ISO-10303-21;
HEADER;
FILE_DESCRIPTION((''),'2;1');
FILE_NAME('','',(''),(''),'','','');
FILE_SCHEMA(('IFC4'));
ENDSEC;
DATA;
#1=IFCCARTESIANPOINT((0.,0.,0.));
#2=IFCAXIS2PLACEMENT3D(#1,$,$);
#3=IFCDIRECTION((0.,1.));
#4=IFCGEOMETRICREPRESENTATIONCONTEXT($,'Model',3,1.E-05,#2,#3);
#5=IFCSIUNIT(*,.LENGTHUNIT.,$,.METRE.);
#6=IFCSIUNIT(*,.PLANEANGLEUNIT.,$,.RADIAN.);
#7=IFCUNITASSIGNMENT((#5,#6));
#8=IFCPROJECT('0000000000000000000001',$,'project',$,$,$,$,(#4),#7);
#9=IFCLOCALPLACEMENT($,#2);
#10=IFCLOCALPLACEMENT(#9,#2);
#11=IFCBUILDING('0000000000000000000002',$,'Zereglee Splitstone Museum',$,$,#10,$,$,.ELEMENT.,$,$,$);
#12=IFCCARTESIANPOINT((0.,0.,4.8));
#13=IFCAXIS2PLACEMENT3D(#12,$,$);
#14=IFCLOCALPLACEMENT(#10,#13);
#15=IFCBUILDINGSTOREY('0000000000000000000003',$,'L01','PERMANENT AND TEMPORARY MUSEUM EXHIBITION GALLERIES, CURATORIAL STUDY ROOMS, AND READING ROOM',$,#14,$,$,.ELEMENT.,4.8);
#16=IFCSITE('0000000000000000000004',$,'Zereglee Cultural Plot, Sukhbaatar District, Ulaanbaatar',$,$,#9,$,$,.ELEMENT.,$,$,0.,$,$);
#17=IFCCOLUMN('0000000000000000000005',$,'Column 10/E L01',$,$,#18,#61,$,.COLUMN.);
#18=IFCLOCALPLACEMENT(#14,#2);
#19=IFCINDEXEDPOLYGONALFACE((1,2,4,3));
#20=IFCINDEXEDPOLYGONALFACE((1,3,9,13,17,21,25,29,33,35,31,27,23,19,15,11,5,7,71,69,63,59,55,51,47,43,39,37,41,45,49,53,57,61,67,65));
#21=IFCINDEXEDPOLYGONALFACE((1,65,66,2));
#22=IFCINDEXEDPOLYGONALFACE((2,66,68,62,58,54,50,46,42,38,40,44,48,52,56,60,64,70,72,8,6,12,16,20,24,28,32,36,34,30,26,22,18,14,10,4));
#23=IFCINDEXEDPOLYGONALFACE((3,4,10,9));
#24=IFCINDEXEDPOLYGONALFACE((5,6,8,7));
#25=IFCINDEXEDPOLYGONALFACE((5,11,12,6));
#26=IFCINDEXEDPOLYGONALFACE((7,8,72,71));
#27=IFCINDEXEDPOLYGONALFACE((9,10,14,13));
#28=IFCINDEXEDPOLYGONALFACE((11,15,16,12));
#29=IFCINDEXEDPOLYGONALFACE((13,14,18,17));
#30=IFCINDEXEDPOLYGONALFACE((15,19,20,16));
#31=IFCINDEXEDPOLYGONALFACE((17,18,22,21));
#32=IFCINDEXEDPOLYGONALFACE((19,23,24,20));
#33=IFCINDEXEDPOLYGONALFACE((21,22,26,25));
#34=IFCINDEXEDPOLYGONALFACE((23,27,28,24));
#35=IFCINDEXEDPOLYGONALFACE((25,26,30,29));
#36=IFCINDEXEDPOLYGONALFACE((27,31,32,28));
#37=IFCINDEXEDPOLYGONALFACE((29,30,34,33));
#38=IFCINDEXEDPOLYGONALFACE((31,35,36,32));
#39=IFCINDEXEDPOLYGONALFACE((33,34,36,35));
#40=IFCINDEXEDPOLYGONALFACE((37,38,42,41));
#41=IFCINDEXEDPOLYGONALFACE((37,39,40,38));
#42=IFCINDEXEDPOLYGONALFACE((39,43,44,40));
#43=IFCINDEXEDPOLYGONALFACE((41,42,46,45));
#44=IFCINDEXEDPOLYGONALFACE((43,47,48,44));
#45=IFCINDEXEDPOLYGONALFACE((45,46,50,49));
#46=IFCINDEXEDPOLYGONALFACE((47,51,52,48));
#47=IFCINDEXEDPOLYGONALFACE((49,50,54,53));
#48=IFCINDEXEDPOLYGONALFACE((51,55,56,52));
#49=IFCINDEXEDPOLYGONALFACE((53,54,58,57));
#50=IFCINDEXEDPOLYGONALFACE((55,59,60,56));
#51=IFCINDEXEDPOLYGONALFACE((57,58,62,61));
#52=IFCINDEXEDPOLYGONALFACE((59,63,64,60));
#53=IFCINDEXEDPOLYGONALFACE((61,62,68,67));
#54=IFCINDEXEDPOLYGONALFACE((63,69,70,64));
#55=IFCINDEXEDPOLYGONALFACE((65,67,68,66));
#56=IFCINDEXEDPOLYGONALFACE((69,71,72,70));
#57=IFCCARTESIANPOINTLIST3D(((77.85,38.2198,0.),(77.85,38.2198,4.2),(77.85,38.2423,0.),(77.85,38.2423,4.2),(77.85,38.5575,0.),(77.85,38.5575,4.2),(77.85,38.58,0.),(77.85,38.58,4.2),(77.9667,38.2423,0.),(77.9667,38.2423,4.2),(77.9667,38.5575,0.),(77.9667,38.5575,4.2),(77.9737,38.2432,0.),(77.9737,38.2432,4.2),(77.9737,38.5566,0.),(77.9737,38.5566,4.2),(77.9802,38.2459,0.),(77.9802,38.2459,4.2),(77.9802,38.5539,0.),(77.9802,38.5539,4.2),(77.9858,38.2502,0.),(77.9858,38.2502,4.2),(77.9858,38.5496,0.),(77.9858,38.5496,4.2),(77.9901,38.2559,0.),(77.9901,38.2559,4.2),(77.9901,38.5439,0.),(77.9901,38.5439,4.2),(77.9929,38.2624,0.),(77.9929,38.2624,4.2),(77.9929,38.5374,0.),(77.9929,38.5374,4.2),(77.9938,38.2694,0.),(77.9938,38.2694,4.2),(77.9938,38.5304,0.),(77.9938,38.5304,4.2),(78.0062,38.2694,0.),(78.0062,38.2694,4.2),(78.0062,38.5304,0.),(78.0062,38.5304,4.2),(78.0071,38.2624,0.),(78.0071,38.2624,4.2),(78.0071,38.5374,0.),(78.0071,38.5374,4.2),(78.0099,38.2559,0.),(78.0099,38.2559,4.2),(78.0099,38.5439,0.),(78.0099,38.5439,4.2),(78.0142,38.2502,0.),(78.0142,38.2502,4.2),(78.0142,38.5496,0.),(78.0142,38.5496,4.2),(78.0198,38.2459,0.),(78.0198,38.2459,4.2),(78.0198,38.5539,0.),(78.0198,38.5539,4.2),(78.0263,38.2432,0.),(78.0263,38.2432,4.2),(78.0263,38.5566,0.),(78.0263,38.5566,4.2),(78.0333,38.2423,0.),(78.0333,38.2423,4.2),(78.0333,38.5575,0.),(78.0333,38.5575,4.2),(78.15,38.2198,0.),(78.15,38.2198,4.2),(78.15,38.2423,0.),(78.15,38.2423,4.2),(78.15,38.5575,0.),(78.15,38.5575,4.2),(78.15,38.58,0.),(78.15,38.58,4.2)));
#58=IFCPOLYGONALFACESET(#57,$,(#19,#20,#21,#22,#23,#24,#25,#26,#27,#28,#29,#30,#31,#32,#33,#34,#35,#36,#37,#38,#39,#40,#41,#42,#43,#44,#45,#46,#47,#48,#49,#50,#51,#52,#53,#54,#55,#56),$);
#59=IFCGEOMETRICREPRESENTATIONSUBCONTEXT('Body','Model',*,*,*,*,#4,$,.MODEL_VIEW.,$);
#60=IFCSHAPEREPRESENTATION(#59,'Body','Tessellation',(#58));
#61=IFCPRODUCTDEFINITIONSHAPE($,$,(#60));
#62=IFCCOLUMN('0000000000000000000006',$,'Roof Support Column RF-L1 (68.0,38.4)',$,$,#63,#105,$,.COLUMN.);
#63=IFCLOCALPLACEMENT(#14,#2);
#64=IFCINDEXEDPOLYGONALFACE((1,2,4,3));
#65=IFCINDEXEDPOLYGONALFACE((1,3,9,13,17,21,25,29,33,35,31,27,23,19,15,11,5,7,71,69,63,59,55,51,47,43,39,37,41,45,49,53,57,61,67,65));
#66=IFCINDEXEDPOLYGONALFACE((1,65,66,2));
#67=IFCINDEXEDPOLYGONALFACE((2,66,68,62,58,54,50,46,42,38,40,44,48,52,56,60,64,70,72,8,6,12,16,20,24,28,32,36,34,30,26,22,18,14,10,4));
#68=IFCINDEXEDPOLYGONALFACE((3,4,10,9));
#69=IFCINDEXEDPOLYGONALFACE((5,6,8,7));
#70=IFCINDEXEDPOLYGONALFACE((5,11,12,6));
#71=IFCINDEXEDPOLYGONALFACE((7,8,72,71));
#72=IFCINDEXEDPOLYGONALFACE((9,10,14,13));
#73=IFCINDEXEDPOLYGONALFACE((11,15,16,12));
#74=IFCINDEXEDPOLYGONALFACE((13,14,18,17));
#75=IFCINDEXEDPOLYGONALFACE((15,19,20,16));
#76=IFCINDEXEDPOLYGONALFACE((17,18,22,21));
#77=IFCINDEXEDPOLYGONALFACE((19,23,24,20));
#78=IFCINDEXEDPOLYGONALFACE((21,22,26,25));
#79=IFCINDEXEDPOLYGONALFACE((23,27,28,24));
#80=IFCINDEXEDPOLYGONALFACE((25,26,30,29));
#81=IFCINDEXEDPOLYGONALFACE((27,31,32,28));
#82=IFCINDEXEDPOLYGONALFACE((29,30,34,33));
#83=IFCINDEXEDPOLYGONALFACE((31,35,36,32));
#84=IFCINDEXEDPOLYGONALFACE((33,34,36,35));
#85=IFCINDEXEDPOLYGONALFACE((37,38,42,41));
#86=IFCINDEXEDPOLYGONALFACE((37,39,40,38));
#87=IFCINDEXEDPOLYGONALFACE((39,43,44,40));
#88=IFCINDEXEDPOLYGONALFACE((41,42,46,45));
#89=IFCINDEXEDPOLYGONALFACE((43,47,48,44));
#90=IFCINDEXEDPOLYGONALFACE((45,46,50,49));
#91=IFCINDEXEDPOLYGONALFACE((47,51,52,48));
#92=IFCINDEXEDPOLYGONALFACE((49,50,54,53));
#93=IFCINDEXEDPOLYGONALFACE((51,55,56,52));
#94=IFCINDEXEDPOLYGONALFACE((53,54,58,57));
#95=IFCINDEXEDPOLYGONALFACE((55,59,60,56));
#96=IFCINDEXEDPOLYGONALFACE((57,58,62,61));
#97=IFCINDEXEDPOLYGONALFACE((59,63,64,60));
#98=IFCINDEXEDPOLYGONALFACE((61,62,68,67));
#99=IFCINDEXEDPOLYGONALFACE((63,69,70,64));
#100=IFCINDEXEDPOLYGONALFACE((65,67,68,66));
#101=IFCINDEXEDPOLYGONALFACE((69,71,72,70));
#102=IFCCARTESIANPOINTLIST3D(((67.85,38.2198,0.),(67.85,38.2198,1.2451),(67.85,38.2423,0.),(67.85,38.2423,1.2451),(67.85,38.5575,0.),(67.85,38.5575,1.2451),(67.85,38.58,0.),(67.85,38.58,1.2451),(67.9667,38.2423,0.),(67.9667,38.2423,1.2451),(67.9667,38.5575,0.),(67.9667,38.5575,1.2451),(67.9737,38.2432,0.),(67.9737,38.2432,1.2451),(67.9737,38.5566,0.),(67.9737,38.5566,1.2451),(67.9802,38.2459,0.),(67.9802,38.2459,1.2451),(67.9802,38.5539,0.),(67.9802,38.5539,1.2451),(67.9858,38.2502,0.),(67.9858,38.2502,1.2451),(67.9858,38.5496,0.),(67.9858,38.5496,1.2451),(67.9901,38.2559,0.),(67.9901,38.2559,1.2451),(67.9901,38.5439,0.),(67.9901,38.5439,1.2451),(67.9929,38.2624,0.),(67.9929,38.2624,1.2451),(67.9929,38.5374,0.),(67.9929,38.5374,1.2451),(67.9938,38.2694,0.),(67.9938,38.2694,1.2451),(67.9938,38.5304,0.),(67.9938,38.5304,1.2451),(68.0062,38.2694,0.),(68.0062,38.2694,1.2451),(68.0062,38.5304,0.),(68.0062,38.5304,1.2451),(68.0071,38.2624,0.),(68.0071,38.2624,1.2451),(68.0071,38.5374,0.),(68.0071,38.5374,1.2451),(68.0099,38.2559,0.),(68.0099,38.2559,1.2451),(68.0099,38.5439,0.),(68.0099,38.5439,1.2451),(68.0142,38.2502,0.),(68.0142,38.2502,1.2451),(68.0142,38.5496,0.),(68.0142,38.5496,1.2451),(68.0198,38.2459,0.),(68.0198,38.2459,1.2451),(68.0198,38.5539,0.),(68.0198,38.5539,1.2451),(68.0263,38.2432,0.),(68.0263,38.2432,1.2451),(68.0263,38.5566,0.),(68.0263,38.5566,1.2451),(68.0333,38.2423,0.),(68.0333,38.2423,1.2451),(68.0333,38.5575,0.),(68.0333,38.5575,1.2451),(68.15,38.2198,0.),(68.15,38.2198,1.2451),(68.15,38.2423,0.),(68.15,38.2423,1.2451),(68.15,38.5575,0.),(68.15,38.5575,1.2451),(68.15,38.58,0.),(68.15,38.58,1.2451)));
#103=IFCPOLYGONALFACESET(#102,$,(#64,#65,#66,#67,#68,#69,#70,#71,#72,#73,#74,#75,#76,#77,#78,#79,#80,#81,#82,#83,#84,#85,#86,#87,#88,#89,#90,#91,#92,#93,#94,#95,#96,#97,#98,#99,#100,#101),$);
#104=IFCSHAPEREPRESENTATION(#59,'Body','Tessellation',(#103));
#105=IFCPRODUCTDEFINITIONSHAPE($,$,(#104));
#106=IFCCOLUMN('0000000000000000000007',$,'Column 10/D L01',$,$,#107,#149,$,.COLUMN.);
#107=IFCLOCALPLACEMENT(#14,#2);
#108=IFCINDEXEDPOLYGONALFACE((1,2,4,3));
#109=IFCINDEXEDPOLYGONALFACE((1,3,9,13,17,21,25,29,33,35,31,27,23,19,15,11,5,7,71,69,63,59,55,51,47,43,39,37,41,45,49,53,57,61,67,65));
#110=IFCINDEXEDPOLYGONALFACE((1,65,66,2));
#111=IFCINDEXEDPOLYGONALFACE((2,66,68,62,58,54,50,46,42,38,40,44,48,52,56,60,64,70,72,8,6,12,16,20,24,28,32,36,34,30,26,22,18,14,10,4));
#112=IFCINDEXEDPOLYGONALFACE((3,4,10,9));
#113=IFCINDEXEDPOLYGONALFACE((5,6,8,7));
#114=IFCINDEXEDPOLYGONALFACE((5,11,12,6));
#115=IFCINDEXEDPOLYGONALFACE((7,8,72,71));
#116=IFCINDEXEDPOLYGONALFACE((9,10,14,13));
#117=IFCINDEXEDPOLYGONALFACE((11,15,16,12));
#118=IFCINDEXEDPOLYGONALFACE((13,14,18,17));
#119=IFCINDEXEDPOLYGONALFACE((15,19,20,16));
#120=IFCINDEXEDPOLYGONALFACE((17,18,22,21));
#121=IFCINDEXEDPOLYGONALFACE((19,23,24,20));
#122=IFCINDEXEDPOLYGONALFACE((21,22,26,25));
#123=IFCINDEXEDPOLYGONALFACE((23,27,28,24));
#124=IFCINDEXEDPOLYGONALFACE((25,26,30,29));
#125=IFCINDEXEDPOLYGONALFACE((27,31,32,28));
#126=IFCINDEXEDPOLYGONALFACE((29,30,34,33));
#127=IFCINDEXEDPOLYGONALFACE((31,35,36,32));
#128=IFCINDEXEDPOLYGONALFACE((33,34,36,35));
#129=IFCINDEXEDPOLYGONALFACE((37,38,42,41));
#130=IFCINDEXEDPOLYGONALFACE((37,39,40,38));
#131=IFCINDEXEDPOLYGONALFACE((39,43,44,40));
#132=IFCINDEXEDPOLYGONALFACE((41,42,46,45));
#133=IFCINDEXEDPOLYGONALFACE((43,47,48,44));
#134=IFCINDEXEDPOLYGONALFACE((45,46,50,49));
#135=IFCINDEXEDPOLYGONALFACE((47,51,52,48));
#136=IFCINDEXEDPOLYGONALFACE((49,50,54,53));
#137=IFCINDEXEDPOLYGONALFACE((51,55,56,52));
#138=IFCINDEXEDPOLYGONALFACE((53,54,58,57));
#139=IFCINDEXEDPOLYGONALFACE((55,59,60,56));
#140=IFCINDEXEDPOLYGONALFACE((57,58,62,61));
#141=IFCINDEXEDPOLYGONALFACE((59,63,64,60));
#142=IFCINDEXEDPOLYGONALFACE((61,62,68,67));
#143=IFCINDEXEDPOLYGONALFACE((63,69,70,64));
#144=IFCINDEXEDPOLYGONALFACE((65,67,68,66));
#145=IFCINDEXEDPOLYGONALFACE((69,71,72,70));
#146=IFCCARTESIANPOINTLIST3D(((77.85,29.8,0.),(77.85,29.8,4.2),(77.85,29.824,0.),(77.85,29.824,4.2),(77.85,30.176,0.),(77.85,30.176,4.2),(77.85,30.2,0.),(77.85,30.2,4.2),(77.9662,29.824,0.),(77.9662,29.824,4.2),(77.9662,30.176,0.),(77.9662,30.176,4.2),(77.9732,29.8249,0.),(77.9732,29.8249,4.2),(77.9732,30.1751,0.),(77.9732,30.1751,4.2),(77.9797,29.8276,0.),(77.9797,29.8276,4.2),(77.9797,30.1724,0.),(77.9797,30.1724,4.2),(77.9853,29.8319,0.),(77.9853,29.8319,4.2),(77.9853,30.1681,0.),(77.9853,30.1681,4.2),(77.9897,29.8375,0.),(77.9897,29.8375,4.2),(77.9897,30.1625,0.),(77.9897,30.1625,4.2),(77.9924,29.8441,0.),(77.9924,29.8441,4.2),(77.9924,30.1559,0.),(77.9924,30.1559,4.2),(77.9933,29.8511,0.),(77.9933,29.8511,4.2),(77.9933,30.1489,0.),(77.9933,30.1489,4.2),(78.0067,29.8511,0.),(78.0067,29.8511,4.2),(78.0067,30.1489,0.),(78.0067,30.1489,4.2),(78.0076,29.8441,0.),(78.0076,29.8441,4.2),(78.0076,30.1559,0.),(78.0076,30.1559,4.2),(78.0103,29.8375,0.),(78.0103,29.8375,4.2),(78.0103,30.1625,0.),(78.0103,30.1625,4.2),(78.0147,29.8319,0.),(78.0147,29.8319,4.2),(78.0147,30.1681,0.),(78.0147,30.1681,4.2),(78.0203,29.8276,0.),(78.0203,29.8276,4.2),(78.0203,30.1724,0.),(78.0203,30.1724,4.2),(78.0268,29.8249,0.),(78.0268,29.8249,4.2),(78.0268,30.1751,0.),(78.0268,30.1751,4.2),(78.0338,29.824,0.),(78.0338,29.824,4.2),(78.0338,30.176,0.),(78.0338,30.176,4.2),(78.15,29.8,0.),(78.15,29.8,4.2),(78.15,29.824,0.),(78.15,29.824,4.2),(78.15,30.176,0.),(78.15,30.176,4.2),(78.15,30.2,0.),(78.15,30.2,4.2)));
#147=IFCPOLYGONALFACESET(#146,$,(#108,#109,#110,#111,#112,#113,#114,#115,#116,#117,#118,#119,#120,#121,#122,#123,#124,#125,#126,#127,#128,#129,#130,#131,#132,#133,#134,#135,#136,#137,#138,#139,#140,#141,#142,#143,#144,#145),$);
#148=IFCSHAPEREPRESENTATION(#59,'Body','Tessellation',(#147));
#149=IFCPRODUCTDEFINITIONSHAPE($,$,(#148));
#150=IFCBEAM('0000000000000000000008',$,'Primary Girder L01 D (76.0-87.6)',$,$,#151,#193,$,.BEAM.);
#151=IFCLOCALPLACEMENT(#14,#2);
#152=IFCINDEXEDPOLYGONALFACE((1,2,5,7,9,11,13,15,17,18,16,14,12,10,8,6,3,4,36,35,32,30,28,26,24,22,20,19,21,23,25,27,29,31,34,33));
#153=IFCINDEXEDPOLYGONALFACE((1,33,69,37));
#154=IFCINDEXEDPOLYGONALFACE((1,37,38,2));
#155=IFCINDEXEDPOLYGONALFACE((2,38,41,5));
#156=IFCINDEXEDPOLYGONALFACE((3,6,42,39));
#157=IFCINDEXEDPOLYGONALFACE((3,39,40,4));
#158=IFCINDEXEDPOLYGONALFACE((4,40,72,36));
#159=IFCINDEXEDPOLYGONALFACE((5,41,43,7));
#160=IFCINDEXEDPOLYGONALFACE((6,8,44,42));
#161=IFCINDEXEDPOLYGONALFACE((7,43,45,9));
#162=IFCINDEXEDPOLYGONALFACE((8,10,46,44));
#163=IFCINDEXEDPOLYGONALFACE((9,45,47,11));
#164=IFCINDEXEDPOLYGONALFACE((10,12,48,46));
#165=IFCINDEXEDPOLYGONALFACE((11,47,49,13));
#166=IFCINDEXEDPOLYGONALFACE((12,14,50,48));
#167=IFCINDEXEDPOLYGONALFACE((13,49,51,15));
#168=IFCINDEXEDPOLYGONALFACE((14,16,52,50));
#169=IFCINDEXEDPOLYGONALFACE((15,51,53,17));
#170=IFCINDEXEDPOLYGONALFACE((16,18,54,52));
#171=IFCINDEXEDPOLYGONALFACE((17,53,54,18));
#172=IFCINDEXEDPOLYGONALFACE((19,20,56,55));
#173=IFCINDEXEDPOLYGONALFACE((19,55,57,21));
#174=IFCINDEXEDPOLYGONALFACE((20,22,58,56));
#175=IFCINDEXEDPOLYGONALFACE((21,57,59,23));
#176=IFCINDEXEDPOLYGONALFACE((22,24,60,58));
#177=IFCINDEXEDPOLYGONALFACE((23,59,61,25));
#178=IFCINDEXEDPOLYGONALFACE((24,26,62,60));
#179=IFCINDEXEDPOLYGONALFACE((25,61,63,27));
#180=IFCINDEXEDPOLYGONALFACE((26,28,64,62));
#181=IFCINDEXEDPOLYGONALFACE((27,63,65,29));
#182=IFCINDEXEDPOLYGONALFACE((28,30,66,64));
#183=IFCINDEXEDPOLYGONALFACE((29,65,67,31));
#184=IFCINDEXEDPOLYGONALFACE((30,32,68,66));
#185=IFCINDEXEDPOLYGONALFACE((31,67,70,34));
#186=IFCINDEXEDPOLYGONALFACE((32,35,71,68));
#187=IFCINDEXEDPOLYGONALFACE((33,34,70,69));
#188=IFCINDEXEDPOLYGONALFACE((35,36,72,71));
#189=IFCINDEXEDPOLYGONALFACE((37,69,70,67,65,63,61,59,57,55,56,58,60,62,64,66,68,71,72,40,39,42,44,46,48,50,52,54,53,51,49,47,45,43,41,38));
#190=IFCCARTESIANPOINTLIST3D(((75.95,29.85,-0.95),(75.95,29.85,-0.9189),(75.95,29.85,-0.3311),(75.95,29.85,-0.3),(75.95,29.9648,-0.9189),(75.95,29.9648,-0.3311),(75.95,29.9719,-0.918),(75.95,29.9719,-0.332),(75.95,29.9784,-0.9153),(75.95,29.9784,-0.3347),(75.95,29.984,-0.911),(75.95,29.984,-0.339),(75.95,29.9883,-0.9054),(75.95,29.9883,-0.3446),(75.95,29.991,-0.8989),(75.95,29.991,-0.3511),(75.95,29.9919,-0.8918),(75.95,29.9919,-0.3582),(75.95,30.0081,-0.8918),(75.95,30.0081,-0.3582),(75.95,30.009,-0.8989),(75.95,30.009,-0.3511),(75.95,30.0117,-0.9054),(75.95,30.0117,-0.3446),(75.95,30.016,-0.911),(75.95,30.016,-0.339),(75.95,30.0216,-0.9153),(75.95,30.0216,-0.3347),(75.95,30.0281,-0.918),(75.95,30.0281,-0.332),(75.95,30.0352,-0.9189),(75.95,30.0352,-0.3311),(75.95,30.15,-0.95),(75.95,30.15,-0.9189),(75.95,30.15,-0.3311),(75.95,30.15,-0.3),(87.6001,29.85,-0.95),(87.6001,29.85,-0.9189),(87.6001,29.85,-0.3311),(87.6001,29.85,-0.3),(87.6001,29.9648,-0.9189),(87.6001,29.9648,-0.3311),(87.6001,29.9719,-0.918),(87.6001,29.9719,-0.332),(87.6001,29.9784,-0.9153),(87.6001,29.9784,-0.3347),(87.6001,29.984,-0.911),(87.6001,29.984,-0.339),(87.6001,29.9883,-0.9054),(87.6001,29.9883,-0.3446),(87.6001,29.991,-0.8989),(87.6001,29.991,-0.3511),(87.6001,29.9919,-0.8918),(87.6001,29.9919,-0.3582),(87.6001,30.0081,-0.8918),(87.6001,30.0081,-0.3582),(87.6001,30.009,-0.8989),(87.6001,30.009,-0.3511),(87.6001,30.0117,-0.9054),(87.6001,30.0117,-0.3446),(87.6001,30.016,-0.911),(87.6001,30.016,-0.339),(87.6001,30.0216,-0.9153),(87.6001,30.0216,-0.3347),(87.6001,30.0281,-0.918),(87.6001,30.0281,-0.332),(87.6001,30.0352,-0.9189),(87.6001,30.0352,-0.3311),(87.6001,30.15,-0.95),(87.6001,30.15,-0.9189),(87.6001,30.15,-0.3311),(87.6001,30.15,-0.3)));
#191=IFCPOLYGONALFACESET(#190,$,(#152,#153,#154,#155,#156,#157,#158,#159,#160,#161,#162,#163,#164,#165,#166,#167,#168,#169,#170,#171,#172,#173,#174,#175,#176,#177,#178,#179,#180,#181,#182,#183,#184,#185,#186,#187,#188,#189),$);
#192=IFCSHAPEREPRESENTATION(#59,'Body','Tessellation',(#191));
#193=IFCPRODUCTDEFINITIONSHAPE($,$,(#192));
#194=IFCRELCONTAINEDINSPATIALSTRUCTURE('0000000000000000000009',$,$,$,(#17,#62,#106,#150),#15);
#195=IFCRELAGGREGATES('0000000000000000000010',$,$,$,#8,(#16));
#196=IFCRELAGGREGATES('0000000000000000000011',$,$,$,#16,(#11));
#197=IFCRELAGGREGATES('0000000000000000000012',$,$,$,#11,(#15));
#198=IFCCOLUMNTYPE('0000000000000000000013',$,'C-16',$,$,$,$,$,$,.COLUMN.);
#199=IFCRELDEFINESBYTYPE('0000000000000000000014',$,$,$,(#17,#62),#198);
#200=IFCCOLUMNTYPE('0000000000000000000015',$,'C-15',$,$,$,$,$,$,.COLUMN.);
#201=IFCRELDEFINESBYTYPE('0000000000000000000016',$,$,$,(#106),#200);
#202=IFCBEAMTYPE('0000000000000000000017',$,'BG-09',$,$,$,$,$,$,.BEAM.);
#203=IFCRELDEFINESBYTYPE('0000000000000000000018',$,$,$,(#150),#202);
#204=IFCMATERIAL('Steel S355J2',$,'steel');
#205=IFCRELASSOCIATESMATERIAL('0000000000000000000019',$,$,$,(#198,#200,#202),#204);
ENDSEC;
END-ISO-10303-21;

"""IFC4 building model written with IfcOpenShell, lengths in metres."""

from ifc_helpers import new_model, si_unit, direction, frame, origin, origin_2d, place, context, subcontext, project, spatial, i_section, extrude, material, material_profile, profile_set, type_object, element, save


model = new_model("IFC4")

# Units and contexts
model_context = context("Model", 3, precision=1e-05, world=origin(), true_north=direction((0.0, 1.0)))
body_context = subcontext(model_context, "Body", "Model", "MODEL_VIEW")
ifc_project = project(units=[si_unit("LENGTHUNIT", "METRE"), si_unit("PLANEANGLEUNIT", "RADIAN")], contexts=[model_context])

# Site, building, storey
site_placement = place(None, origin())
site = spatial("IfcSite", under=ifc_project, at=site_placement, Name="Zereglee Cultural Plot, Sukhbaatar District, Ulaanbaatar", CompositionType="ELEMENT", RefElevation=0.0)
building_placement = place(site_placement, origin())
building = spatial("IfcBuilding", under=site, at=building_placement, Name="Zereglee Splitstone Museum", CompositionType="ELEMENT")
storey_placement = place(building_placement, frame((0.0, 0.0, 4.8)))
storey = spatial("IfcBuildingStorey", under=building, at=storey_placement, Name="L01", Description="PERMANENT AND TEMPORARY MUSEUM EXHIBITION GALLERIES, CURATORIAL STUDY ROOMS, AND READING ROOM", CompositionType="ELEMENT", Elevation=4.8)

# Columns
ifc_material_1 = material(Name="Steel S355J2", Category="steel")
ifc_material_profile_1 = material_profile(ifc_material_1, i_section(OverallWidth=0.3, OverallDepth=0.3601, WebThickness=0.0125, FlangeThickness=0.0225, FilletRadius=0.0271, at=origin_2d()), Name="HE 360 B")
ifc_profile_set_1 = profile_set([ifc_material_profile_1], Name="Steel S355J2")
column_type_1 = type_object("IfcColumnType", Name="C-16", PredefinedType="COLUMN", material=ifc_profile_set_1)
column_1_placement = place(storey_placement, frame((78.0, 38.3999, 0.0), z_axis=(0.0, 0.0, 1.0), x_axis=(1.0, 0.0, 0.0)))
element("IfcColumn", 1, at=column_1_placement, inside=storey, type_object=column_type_1, Name="Column 10/E L01", PredefinedType="COLUMN", context=body_context, shape_type="SweptSolid", body=[
    extrude(i_section(OverallWidth=0.3, OverallDepth=0.3601, WebThickness=0.0125, FlangeThickness=0.0225, FilletRadius=0.0271, at=origin_2d()), origin(), (0.0, 0.0, 1.0), 4.2),
])
column_2_placement = place(storey_placement, frame((68.0, 38.3999, 0.0), z_axis=(0.0, 0.0, 1.0), x_axis=(1.0, 0.0, 0.0)))
element("IfcColumn", 2, at=column_2_placement, inside=storey, type_object=column_type_1, Name="Roof Support Column RF-L1 (68.0,38.4)", PredefinedType="COLUMN", context=body_context, shape_type="SweptSolid", body=[
    extrude(i_section(OverallWidth=0.3, OverallDepth=0.3601, WebThickness=0.0125, FlangeThickness=0.0225, FilletRadius=0.0271, at=origin_2d()), origin(), (0.0, 0.0, 1.0), 1.2451),
])
ifc_material_profile_2 = material_profile(ifc_material_1, i_section(OverallWidth=0.3, OverallDepth=0.3999, WebThickness=0.0134, FlangeThickness=0.0239, FilletRadius=0.0271, at=origin_2d()), Name="HE 400 B")
ifc_profile_set_2 = profile_set([ifc_material_profile_2], Name="Steel S355J2")
column_type_2 = type_object("IfcColumnType", Name="C-15", PredefinedType="COLUMN", material=ifc_profile_set_2)
column_3_placement = place(storey_placement, frame((78.0, 30.0, 0.0), z_axis=(0.0, 0.0, 1.0), x_axis=(1.0, 0.0, 0.0)))
element("IfcColumn", 3, at=column_3_placement, inside=storey, type_object=column_type_2, Name="Column 10/D L01", PredefinedType="COLUMN", context=body_context, shape_type="SweptSolid", body=[
    extrude(i_section(OverallWidth=0.3, OverallDepth=0.3999, WebThickness=0.0134, FlangeThickness=0.0239, FilletRadius=0.0271, at=origin_2d()), origin(), (0.0, 0.0, 1.0), 4.2),
])

# Beam
ifc_material_profile_3 = material_profile(ifc_material_1, i_section(OverallWidth=0.3, OverallDepth=0.6499, WebThickness=0.0161, FlangeThickness=0.031, FilletRadius=0.0271, at=origin_2d()), Name="HE 650 B")
ifc_profile_set_3 = profile_set([ifc_material_profile_3], Name="Steel S355J2")
beam_type_1 = type_object("IfcBeamType", Name="BG-09", PredefinedType="BEAM", material=ifc_profile_set_3)
for number, where, z_axis, x_axis, name in (
    (4, (75.95, 30.0, -0.625), (1.0, 0.0, 0.0), (0.0, 1.0, 0.0), "Primary Girder L01 D (76.0-87.6)"),
):
    element("IfcBeam", number, at=place(storey_placement, frame(where, z_axis=z_axis, x_axis=x_axis)), inside=storey, type_object=beam_type_1, Name=name, PredefinedType="BEAM", context=body_context, shape_type="SweptSolid", body=[
        extrude(i_section(OverallWidth=0.3, OverallDepth=0.6499, WebThickness=0.0161, FlangeThickness=0.031, FilletRadius=0.0271, at=origin_2d()), origin(), (0.0, 0.0, 1.0), 11.6501),
    ])

save(model, "model.ifc")
